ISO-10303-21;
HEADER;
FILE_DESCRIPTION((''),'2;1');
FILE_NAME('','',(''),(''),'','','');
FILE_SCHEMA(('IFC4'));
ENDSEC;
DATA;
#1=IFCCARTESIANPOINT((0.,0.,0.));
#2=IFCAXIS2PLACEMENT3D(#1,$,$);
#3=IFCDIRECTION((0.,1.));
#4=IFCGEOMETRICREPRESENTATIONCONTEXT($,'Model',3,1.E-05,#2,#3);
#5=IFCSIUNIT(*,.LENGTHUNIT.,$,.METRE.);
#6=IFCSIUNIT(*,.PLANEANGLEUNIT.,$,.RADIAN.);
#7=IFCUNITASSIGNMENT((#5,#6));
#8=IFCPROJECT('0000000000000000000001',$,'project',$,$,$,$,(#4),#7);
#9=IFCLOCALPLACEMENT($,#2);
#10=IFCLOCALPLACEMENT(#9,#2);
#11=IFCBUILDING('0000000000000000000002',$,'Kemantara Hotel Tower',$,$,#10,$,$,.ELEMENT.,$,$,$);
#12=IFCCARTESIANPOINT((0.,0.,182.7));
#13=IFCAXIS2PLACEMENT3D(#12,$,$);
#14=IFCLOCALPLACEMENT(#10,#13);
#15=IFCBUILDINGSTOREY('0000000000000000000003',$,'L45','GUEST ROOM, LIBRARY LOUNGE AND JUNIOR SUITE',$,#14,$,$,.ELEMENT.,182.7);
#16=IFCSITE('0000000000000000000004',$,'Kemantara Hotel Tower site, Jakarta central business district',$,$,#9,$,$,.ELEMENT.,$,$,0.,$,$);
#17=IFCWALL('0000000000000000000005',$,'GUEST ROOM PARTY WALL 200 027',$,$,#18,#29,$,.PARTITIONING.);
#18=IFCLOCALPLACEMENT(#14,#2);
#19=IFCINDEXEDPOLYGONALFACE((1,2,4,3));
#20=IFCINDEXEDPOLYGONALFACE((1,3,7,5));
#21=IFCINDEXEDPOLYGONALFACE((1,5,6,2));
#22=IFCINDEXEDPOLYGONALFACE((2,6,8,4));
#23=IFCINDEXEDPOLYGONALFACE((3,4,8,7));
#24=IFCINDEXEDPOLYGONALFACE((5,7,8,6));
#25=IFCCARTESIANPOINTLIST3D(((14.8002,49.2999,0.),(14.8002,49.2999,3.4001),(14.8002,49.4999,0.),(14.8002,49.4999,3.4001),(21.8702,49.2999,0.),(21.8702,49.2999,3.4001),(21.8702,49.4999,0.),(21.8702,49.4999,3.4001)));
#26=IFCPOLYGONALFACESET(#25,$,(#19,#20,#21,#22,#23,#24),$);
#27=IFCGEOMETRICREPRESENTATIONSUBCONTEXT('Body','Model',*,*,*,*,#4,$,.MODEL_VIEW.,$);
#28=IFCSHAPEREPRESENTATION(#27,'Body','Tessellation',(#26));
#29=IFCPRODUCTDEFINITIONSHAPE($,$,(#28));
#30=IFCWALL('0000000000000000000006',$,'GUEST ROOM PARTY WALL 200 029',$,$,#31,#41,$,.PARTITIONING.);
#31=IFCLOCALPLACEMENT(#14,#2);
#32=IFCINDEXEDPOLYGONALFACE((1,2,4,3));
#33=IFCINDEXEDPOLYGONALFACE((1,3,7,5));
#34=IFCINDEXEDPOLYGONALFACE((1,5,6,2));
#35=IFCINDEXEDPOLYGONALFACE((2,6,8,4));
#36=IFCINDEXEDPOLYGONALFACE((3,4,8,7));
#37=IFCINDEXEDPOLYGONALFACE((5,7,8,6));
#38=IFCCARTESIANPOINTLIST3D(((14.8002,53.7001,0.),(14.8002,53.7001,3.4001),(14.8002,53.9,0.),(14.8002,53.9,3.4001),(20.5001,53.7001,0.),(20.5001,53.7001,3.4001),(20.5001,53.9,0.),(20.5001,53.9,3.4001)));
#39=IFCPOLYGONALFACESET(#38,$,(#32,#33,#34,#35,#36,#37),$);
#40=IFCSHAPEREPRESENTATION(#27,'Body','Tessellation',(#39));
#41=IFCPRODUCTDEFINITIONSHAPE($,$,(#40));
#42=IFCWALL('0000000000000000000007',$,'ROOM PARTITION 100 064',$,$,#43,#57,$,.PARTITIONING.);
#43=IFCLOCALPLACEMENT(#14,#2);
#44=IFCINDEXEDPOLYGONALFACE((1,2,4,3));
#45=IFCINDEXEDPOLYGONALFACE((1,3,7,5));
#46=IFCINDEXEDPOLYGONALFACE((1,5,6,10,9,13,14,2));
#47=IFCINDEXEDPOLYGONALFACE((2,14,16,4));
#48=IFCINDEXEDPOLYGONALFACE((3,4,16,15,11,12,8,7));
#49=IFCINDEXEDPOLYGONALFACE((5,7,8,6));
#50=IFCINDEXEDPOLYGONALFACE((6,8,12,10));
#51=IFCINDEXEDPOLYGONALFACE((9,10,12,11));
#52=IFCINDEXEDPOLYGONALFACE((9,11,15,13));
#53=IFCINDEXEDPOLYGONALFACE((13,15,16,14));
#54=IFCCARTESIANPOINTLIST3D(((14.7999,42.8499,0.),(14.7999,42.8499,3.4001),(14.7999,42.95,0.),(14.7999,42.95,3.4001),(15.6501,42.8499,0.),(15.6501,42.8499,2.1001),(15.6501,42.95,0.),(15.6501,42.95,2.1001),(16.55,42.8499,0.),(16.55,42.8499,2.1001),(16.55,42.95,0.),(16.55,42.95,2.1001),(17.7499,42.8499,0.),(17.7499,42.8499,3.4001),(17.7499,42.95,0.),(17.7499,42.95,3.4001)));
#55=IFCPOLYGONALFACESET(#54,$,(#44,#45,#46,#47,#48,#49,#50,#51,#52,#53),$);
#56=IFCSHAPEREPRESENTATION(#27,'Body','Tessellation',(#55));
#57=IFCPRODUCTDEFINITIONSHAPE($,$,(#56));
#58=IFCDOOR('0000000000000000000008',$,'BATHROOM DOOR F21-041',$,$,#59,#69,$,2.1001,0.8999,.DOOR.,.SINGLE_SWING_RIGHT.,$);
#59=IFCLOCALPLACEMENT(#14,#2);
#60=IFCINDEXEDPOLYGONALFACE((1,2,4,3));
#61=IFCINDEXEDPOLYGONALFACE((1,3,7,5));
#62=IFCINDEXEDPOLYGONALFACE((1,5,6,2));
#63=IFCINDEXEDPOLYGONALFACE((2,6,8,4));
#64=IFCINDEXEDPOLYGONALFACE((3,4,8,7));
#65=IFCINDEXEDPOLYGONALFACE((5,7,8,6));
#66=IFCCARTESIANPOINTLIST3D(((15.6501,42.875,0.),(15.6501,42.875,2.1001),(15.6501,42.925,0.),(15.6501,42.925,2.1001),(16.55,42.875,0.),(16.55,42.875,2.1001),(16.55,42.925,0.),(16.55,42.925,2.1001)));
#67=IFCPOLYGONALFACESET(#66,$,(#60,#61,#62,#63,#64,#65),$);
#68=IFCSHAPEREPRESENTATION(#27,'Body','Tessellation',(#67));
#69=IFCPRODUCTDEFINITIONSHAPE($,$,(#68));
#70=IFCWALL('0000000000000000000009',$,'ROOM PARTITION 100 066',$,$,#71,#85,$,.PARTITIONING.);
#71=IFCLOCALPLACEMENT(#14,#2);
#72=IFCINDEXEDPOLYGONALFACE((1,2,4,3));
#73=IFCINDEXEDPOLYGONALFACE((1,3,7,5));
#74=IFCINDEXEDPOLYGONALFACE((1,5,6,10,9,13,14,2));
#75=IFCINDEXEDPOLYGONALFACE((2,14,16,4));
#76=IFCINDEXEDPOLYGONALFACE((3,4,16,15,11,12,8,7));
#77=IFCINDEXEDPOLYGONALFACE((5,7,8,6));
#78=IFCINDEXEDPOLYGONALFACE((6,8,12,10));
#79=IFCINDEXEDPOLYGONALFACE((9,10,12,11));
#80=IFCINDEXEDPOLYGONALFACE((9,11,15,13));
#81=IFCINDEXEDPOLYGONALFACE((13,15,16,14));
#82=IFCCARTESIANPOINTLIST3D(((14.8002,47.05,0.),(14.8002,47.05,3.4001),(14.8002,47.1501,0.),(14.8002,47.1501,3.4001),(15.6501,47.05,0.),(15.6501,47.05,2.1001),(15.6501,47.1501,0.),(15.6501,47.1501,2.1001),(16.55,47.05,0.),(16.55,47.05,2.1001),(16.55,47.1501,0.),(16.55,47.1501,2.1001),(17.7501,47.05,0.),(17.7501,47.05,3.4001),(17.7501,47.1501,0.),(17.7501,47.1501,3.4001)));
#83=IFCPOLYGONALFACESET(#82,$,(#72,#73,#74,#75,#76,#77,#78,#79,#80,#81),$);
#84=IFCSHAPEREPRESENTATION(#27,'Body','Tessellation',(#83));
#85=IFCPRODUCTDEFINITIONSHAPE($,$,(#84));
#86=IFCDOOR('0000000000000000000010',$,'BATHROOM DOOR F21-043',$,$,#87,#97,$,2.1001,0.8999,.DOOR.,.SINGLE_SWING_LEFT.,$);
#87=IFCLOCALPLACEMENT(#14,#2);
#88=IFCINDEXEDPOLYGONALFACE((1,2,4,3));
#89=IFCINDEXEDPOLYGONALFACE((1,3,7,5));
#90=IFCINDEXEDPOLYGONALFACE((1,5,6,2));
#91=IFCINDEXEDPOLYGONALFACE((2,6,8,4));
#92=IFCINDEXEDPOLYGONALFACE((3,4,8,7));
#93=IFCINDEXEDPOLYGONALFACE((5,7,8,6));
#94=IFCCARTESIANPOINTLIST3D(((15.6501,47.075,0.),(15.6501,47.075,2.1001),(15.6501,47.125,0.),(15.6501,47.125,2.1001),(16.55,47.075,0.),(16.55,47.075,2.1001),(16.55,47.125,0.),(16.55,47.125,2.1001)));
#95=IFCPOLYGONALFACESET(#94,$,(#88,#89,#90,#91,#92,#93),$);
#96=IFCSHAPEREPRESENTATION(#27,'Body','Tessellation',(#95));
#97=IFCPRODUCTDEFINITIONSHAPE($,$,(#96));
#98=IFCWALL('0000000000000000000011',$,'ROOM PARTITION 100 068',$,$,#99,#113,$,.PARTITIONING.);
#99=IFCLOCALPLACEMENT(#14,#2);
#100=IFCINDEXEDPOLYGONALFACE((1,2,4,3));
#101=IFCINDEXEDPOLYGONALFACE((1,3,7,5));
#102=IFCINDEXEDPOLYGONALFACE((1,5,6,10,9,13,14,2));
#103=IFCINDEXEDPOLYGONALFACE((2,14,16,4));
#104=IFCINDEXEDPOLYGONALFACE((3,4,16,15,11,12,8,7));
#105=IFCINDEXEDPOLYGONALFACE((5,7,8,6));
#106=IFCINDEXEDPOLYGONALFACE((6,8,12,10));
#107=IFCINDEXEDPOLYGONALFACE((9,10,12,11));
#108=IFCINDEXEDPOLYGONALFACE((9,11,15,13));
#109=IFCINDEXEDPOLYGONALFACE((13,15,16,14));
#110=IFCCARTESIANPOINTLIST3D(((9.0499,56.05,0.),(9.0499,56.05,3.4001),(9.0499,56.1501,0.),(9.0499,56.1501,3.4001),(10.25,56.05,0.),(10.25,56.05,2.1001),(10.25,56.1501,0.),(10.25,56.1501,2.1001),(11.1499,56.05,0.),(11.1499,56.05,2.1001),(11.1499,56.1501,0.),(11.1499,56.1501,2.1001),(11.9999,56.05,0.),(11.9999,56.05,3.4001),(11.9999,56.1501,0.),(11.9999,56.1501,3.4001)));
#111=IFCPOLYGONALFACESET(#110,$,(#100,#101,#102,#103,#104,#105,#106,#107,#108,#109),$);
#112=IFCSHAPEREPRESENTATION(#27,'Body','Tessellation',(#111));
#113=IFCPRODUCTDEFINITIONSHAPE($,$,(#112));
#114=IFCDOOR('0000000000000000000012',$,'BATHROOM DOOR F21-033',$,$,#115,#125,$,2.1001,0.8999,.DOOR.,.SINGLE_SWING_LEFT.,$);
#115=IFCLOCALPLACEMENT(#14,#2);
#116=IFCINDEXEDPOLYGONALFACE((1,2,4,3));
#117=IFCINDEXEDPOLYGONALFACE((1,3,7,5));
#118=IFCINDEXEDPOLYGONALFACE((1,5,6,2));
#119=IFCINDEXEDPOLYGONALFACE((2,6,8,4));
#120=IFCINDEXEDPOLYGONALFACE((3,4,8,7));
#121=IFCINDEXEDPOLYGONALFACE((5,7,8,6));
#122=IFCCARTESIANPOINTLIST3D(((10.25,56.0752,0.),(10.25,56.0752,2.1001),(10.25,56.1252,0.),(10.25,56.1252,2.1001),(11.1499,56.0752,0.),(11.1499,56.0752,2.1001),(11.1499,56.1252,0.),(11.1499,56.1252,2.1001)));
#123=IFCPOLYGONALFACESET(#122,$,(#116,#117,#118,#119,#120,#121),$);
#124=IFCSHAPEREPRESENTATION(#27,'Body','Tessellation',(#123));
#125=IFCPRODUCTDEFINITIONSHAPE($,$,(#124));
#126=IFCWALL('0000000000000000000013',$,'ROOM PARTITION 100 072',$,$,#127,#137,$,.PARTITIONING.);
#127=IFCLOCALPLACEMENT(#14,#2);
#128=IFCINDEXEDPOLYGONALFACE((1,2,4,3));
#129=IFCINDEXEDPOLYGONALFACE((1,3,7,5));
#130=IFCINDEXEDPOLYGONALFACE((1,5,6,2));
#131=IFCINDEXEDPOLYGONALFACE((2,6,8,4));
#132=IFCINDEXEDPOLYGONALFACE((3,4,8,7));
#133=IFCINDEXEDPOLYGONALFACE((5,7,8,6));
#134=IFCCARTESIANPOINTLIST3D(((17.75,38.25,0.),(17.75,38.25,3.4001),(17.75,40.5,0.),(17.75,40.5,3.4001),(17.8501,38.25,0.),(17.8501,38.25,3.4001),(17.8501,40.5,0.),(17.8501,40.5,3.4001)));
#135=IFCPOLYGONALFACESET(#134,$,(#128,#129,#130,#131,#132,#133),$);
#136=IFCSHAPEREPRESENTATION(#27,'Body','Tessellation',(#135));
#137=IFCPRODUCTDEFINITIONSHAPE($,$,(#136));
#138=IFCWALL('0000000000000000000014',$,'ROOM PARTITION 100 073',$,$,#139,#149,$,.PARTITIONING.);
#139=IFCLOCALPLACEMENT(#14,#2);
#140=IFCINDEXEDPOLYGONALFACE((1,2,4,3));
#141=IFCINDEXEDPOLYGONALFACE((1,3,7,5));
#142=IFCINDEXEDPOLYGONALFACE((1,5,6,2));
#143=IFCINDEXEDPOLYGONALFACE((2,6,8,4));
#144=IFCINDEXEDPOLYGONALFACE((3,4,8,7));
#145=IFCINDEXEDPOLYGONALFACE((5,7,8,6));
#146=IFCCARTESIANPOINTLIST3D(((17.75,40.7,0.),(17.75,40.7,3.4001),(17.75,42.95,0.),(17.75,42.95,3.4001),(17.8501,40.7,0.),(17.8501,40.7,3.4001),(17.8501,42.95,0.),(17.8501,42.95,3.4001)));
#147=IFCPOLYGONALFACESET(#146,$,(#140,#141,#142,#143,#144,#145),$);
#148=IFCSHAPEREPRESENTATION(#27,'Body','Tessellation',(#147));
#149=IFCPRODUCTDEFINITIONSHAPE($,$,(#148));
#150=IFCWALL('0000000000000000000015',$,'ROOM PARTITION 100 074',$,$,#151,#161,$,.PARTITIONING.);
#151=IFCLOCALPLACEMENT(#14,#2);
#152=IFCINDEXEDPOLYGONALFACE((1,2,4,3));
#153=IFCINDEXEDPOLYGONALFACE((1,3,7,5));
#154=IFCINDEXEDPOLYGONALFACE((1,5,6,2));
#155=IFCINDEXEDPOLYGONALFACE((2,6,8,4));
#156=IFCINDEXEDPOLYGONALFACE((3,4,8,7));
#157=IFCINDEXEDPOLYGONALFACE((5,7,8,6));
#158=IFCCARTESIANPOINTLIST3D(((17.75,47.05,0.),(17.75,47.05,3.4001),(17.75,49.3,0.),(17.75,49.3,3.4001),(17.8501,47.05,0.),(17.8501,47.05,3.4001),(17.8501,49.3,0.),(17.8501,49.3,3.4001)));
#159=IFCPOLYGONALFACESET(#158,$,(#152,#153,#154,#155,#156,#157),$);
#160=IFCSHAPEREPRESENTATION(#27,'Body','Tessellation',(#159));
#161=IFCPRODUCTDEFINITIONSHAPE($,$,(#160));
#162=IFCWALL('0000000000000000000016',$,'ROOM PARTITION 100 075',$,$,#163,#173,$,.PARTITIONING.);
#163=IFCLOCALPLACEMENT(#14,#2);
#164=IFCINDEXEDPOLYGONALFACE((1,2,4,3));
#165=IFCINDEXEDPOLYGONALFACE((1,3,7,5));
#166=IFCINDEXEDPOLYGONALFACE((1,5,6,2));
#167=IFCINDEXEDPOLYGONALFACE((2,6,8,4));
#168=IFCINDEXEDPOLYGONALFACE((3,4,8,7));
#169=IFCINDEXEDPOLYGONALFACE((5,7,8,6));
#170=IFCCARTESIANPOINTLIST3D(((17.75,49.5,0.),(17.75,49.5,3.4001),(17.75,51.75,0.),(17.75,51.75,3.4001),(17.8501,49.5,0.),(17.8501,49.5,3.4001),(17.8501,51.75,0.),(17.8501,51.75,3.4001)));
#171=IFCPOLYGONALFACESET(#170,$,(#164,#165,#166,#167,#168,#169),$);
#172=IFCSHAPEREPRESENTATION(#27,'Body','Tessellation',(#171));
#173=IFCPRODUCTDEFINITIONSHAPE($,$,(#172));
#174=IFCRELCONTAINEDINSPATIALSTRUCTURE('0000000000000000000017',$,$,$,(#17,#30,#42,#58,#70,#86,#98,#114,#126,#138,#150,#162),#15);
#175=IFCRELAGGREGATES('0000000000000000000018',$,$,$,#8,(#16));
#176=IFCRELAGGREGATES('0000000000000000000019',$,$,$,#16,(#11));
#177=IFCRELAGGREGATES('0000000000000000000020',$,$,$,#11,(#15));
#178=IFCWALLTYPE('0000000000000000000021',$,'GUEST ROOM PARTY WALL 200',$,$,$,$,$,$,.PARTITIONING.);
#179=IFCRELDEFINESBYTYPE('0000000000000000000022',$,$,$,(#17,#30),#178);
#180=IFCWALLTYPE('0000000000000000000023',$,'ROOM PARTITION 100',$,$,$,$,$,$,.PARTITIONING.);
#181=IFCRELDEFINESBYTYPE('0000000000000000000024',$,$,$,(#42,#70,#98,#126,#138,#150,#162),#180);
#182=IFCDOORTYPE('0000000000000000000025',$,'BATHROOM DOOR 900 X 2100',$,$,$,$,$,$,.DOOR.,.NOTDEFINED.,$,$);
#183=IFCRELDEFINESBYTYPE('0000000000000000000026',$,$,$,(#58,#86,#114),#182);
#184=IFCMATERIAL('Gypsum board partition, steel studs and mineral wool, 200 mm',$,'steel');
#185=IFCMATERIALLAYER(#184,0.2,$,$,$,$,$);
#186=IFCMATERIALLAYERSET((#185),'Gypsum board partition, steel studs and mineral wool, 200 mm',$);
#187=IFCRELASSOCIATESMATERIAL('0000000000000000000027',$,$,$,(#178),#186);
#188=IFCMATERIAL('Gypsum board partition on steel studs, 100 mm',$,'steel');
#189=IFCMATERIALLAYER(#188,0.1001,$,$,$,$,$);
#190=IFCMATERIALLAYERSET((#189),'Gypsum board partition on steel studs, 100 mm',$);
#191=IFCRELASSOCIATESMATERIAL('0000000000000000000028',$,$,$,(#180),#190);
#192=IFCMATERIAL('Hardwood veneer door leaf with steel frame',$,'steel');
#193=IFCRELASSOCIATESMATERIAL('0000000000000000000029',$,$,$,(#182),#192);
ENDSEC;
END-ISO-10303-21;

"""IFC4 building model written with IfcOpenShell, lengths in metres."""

from ifc_helpers import new_model, si_unit, direction, frame, frame_2d, origin, place, context, subcontext, project, spatial, rectangle, extrude, material, layer, layer_set, type_object, element, fill, save


model = new_model("IFC4")

# Units and contexts
model_context = context("Model", 3, precision=1e-05, world=origin(), true_north=direction((0.0, 1.0)))
body_context = subcontext(model_context, "Body", "Model", "MODEL_VIEW")
ifc_project = project(units=[si_unit("LENGTHUNIT", "METRE"), si_unit("PLANEANGLEUNIT", "RADIAN")], contexts=[model_context])

# Site, building, storey
site_placement = place(None, origin())
site = spatial("IfcSite", under=ifc_project, at=site_placement, Name="Kemantara Hotel Tower site, Jakarta central business district", CompositionType="ELEMENT", RefElevation=0.0)
building_placement = place(site_placement, origin())
building = spatial("IfcBuilding", under=site, at=building_placement, Name="Kemantara Hotel Tower", CompositionType="ELEMENT")
storey_placement = place(building_placement, frame((0.0, 0.0, 182.7)))
storey = spatial("IfcBuildingStorey", under=building, at=storey_placement, Name="L45", Description="GUEST ROOM, LIBRARY LOUNGE AND JUNIOR SUITE", CompositionType="ELEMENT", Elevation=182.7)

# Shared definitions
ifc_material_1 = material(Name="Gypsum board partition, steel studs and mineral wool, 200 mm", Category="steel")
ifc_material_2 = material(Name="Hardwood veneer door leaf with steel frame", Category="steel")

# Walls
ifc_layer_1 = layer(ifc_material_1, 0.2)
ifc_layer_set_1 = layer_set([ifc_layer_1], Name="Gypsum board partition, steel studs and mineral wool, 200 mm")
wall_type_1 = type_object("IfcWallType", Name="GUEST ROOM PARTY WALL 200", PredefinedType="PARTITIONING", material=ifc_layer_set_1)
wall_1_placement = place(storey_placement, frame((14.8, 49.3999, 0.0), z_axis=(0.0, 0.0, 1.0), x_axis=(1.0, 0.0, 0.0)))
element("IfcWall", 1, at=wall_1_placement, inside=storey, type_object=wall_type_1, Name="GUEST ROOM PARTY WALL 200 027", PredefinedType="PARTITIONING", context=body_context, shape_type="SweptSolid", body=[
    extrude(rectangle(XDim=7.0701, YDim=0.2, at=frame_2d((3.5352, 0.0))), origin(), (0.0, 0.0, 1.0), 3.4001),
])
wall_2_placement = place(storey_placement, frame((14.8, 53.8, 0.0), z_axis=(0.0, 0.0, 1.0), x_axis=(1.0, 0.0, 0.0)))
element("IfcWall", 2, at=wall_2_placement, inside=storey, type_object=wall_type_1, Name="GUEST ROOM PARTY WALL 200 029", PredefinedType="PARTITIONING", context=body_context, shape_type="SweptSolid", body=[
    extrude(rectangle(XDim=5.7, YDim=0.2, at=frame_2d((2.8501, 0.0))), origin(), (0.0, 0.0, 1.0), 3.4001),
])

# Walls, openings, doors
ifc_material_3 = material(Name="Gypsum board partition on steel studs, 100 mm", Category="steel")
ifc_layer_2 = layer(ifc_material_3, 0.1001)
ifc_layer_set_2 = layer_set([ifc_layer_2], Name="Gypsum board partition on steel studs, 100 mm")
wall_type_2 = type_object("IfcWallType", Name="ROOM PARTITION 100", PredefinedType="PARTITIONING", material=ifc_layer_set_2)
wall_3_placement = place(storey_placement, frame((17.75, 42.8999, 0.0), z_axis=(0.0, 0.0, 1.0), x_axis=(-1.0, 0.0, 0.0)))
wall_3 = element("IfcWall", 3, at=wall_3_placement, inside=storey, type_object=wall_type_2, Name="ROOM PARTITION 100 064", PredefinedType="PARTITIONING", context=body_context, shape_type="SweptSolid", body=[
    extrude(rectangle(XDim=2.95, YDim=0.1001, at=frame_2d((1.4751, 0.0))), origin(), (0.0, 0.0, 1.0), 3.4001),
])
opening_1_placement = place(wall_3_placement, frame((1.2, 0.0, 0.0)))
opening_1 = element("IfcOpeningElement", 4, at=opening_1_placement, cuts=wall_3, PredefinedType="OPENING", context=body_context, shape_type="SweptSolid", body=[
    extrude(rectangle(XDim=0.8999, YDim=2.1001, at=frame_2d((0.45, 1.05))), frame((0.0, 0.0601, 0.0), z_axis=(0.0, -1.0, 0.0), x_axis=(1.0, 0.0, 0.0)), (0.0, 0.0, 1.0), 0.1201),
])
door_type_1 = type_object("IfcDoorType", Name="BATHROOM DOOR 900 X 2100", OperationType="NOTDEFINED", PredefinedType="DOOR", material=ifc_material_2)
door_1_placement = place(opening_1_placement, origin())
door_1 = element("IfcDoor", 5, at=door_1_placement, inside=storey, type_object=door_type_1, Name="BATHROOM DOOR F21-041", OperationType="SINGLE_SWING_RIGHT", OverallHeight=2.1001, OverallWidth=0.8999, PredefinedType="DOOR", context=body_context, shape_type="SweptSolid", body=[
    extrude(rectangle(XDim=0.8999, YDim=2.1001, at=frame_2d((0.45, 1.05))), frame((0.0, 0.0249, 0.0), z_axis=(0.0, -1.0, 0.0), x_axis=(1.0, 0.0, 0.0)), (0.0, 0.0, 1.0), 0.05),
])
fill(opening_1, door_1)
wall_4_placement = place(storey_placement, frame((14.8, 47.1001, 0.0), z_axis=(0.0, 0.0, 1.0), x_axis=(1.0, 0.0, 0.0)))
wall_4 = element("IfcWall", 6, at=wall_4_placement, inside=storey, type_object=wall_type_2, Name="ROOM PARTITION 100 066", PredefinedType="PARTITIONING", context=body_context, shape_type="SweptSolid", body=[
    extrude(rectangle(XDim=2.95, YDim=0.1001, at=frame_2d((1.4751, 0.0))), origin(), (0.0, 0.0, 1.0), 3.4001),
])
opening_2_placement = place(wall_4_placement, frame((0.8501, 0.0, 0.0)))
opening_2 = element("IfcOpeningElement", 7, at=opening_2_placement, cuts=wall_4, PredefinedType="OPENING", context=body_context, shape_type="SweptSolid", body=[
    extrude(rectangle(XDim=0.8999, YDim=2.1001, at=frame_2d((0.45, 1.05))), frame((0.0, 0.0601, 0.0), z_axis=(0.0, -1.0, 0.0), x_axis=(1.0, 0.0, 0.0)), (0.0, 0.0, 1.0), 0.1201),
])
door_2_placement = place(opening_2_placement, origin())
door_2 = element("IfcDoor", 8, at=door_2_placement, inside=storey, type_object=door_type_1, Name="BATHROOM DOOR F21-043", OperationType="SINGLE_SWING_LEFT", OverallHeight=2.1001, OverallWidth=0.8999, PredefinedType="DOOR", context=body_context, shape_type="SweptSolid", body=[
    extrude(rectangle(XDim=0.8999, YDim=2.1001, at=frame_2d((0.45, 1.05))), frame((0.0, 0.0249, 0.0), z_axis=(0.0, -1.0, 0.0), x_axis=(1.0, 0.0, 0.0)), (0.0, 0.0, 1.0), 0.05),
])
fill(opening_2, door_2)
wall_5_placement = place(storey_placement, frame((12.0, 56.1001, 0.0), z_axis=(0.0, 0.0, 1.0), x_axis=(-1.0, 0.0, 0.0)))
wall_5 = element("IfcWall", 9, at=wall_5_placement, inside=storey, type_object=wall_type_2, Name="ROOM PARTITION 100 068", PredefinedType="PARTITIONING", context=body_context, shape_type="SweptSolid", body=[
    extrude(rectangle(XDim=2.95, YDim=0.1001, at=frame_2d((1.4751, 0.0))), origin(), (0.0, 0.0, 1.0), 3.4001),
])
opening_3_placement = place(wall_5_placement, frame((0.8501, 0.0, 0.0)))
opening_3 = element("IfcOpeningElement", 10, at=opening_3_placement, cuts=wall_5, PredefinedType="OPENING", context=body_context, shape_type="SweptSolid", body=[
    extrude(rectangle(XDim=0.8999, YDim=2.1001, at=frame_2d((0.45, 1.05))), frame((0.0, 0.0601, 0.0), z_axis=(0.0, -1.0, 0.0), x_axis=(1.0, 0.0, 0.0)), (0.0, 0.0, 1.0), 0.1201),
])
door_3_placement = place(opening_3_placement, origin())
door_3 = element("IfcDoor", 11, at=door_3_placement, inside=storey, type_object=door_type_1, Name="BATHROOM DOOR F21-033", OperationType="SINGLE_SWING_LEFT", OverallHeight=2.1001, OverallWidth=0.8999, PredefinedType="DOOR", context=body_context, shape_type="SweptSolid", body=[
    extrude(rectangle(XDim=0.8999, YDim=2.1001, at=frame_2d((0.45, 1.05))), frame((0.0, 0.0249, 0.0), z_axis=(0.0, -1.0, 0.0), x_axis=(1.0, 0.0, 0.0)), (0.0, 0.0, 1.0), 0.05),
])
fill(opening_3, door_3)

# Walls
for number, where, z_axis, x_axis, name in (
    (12, (17.8, 38.25, 0.0), (0.0, 0.0, 1.0), (0.0, 1.0, 0.0), "ROOM PARTITION 100 072"),
    (13, (17.8, 40.7, 0.0), (0.0, 0.0, 1.0), (0.0, 1.0, 0.0), "ROOM PARTITION 100 073"),
    (14, (17.8, 47.05, 0.0), (0.0, 0.0, 1.0), (0.0, 1.0, 0.0), "ROOM PARTITION 100 074"),
    (15, (17.8, 49.5, 0.0), (0.0, 0.0, 1.0), (0.0, 1.0, 0.0), "ROOM PARTITION 100 075"),
):
    element("IfcWall", number, at=place(storey_placement, frame(where, z_axis=z_axis, x_axis=x_axis)), inside=storey, type_object=wall_type_2, Name=name, PredefinedType="PARTITIONING", context=body_context, shape_type="SweptSolid", body=[
        extrude(rectangle(XDim=2.25, YDim=0.1001, at=frame_2d((1.125, 0.0))), origin(), (0.0, 0.0, 1.0), 3.4001),
    ])

save(model, "model.ifc")
